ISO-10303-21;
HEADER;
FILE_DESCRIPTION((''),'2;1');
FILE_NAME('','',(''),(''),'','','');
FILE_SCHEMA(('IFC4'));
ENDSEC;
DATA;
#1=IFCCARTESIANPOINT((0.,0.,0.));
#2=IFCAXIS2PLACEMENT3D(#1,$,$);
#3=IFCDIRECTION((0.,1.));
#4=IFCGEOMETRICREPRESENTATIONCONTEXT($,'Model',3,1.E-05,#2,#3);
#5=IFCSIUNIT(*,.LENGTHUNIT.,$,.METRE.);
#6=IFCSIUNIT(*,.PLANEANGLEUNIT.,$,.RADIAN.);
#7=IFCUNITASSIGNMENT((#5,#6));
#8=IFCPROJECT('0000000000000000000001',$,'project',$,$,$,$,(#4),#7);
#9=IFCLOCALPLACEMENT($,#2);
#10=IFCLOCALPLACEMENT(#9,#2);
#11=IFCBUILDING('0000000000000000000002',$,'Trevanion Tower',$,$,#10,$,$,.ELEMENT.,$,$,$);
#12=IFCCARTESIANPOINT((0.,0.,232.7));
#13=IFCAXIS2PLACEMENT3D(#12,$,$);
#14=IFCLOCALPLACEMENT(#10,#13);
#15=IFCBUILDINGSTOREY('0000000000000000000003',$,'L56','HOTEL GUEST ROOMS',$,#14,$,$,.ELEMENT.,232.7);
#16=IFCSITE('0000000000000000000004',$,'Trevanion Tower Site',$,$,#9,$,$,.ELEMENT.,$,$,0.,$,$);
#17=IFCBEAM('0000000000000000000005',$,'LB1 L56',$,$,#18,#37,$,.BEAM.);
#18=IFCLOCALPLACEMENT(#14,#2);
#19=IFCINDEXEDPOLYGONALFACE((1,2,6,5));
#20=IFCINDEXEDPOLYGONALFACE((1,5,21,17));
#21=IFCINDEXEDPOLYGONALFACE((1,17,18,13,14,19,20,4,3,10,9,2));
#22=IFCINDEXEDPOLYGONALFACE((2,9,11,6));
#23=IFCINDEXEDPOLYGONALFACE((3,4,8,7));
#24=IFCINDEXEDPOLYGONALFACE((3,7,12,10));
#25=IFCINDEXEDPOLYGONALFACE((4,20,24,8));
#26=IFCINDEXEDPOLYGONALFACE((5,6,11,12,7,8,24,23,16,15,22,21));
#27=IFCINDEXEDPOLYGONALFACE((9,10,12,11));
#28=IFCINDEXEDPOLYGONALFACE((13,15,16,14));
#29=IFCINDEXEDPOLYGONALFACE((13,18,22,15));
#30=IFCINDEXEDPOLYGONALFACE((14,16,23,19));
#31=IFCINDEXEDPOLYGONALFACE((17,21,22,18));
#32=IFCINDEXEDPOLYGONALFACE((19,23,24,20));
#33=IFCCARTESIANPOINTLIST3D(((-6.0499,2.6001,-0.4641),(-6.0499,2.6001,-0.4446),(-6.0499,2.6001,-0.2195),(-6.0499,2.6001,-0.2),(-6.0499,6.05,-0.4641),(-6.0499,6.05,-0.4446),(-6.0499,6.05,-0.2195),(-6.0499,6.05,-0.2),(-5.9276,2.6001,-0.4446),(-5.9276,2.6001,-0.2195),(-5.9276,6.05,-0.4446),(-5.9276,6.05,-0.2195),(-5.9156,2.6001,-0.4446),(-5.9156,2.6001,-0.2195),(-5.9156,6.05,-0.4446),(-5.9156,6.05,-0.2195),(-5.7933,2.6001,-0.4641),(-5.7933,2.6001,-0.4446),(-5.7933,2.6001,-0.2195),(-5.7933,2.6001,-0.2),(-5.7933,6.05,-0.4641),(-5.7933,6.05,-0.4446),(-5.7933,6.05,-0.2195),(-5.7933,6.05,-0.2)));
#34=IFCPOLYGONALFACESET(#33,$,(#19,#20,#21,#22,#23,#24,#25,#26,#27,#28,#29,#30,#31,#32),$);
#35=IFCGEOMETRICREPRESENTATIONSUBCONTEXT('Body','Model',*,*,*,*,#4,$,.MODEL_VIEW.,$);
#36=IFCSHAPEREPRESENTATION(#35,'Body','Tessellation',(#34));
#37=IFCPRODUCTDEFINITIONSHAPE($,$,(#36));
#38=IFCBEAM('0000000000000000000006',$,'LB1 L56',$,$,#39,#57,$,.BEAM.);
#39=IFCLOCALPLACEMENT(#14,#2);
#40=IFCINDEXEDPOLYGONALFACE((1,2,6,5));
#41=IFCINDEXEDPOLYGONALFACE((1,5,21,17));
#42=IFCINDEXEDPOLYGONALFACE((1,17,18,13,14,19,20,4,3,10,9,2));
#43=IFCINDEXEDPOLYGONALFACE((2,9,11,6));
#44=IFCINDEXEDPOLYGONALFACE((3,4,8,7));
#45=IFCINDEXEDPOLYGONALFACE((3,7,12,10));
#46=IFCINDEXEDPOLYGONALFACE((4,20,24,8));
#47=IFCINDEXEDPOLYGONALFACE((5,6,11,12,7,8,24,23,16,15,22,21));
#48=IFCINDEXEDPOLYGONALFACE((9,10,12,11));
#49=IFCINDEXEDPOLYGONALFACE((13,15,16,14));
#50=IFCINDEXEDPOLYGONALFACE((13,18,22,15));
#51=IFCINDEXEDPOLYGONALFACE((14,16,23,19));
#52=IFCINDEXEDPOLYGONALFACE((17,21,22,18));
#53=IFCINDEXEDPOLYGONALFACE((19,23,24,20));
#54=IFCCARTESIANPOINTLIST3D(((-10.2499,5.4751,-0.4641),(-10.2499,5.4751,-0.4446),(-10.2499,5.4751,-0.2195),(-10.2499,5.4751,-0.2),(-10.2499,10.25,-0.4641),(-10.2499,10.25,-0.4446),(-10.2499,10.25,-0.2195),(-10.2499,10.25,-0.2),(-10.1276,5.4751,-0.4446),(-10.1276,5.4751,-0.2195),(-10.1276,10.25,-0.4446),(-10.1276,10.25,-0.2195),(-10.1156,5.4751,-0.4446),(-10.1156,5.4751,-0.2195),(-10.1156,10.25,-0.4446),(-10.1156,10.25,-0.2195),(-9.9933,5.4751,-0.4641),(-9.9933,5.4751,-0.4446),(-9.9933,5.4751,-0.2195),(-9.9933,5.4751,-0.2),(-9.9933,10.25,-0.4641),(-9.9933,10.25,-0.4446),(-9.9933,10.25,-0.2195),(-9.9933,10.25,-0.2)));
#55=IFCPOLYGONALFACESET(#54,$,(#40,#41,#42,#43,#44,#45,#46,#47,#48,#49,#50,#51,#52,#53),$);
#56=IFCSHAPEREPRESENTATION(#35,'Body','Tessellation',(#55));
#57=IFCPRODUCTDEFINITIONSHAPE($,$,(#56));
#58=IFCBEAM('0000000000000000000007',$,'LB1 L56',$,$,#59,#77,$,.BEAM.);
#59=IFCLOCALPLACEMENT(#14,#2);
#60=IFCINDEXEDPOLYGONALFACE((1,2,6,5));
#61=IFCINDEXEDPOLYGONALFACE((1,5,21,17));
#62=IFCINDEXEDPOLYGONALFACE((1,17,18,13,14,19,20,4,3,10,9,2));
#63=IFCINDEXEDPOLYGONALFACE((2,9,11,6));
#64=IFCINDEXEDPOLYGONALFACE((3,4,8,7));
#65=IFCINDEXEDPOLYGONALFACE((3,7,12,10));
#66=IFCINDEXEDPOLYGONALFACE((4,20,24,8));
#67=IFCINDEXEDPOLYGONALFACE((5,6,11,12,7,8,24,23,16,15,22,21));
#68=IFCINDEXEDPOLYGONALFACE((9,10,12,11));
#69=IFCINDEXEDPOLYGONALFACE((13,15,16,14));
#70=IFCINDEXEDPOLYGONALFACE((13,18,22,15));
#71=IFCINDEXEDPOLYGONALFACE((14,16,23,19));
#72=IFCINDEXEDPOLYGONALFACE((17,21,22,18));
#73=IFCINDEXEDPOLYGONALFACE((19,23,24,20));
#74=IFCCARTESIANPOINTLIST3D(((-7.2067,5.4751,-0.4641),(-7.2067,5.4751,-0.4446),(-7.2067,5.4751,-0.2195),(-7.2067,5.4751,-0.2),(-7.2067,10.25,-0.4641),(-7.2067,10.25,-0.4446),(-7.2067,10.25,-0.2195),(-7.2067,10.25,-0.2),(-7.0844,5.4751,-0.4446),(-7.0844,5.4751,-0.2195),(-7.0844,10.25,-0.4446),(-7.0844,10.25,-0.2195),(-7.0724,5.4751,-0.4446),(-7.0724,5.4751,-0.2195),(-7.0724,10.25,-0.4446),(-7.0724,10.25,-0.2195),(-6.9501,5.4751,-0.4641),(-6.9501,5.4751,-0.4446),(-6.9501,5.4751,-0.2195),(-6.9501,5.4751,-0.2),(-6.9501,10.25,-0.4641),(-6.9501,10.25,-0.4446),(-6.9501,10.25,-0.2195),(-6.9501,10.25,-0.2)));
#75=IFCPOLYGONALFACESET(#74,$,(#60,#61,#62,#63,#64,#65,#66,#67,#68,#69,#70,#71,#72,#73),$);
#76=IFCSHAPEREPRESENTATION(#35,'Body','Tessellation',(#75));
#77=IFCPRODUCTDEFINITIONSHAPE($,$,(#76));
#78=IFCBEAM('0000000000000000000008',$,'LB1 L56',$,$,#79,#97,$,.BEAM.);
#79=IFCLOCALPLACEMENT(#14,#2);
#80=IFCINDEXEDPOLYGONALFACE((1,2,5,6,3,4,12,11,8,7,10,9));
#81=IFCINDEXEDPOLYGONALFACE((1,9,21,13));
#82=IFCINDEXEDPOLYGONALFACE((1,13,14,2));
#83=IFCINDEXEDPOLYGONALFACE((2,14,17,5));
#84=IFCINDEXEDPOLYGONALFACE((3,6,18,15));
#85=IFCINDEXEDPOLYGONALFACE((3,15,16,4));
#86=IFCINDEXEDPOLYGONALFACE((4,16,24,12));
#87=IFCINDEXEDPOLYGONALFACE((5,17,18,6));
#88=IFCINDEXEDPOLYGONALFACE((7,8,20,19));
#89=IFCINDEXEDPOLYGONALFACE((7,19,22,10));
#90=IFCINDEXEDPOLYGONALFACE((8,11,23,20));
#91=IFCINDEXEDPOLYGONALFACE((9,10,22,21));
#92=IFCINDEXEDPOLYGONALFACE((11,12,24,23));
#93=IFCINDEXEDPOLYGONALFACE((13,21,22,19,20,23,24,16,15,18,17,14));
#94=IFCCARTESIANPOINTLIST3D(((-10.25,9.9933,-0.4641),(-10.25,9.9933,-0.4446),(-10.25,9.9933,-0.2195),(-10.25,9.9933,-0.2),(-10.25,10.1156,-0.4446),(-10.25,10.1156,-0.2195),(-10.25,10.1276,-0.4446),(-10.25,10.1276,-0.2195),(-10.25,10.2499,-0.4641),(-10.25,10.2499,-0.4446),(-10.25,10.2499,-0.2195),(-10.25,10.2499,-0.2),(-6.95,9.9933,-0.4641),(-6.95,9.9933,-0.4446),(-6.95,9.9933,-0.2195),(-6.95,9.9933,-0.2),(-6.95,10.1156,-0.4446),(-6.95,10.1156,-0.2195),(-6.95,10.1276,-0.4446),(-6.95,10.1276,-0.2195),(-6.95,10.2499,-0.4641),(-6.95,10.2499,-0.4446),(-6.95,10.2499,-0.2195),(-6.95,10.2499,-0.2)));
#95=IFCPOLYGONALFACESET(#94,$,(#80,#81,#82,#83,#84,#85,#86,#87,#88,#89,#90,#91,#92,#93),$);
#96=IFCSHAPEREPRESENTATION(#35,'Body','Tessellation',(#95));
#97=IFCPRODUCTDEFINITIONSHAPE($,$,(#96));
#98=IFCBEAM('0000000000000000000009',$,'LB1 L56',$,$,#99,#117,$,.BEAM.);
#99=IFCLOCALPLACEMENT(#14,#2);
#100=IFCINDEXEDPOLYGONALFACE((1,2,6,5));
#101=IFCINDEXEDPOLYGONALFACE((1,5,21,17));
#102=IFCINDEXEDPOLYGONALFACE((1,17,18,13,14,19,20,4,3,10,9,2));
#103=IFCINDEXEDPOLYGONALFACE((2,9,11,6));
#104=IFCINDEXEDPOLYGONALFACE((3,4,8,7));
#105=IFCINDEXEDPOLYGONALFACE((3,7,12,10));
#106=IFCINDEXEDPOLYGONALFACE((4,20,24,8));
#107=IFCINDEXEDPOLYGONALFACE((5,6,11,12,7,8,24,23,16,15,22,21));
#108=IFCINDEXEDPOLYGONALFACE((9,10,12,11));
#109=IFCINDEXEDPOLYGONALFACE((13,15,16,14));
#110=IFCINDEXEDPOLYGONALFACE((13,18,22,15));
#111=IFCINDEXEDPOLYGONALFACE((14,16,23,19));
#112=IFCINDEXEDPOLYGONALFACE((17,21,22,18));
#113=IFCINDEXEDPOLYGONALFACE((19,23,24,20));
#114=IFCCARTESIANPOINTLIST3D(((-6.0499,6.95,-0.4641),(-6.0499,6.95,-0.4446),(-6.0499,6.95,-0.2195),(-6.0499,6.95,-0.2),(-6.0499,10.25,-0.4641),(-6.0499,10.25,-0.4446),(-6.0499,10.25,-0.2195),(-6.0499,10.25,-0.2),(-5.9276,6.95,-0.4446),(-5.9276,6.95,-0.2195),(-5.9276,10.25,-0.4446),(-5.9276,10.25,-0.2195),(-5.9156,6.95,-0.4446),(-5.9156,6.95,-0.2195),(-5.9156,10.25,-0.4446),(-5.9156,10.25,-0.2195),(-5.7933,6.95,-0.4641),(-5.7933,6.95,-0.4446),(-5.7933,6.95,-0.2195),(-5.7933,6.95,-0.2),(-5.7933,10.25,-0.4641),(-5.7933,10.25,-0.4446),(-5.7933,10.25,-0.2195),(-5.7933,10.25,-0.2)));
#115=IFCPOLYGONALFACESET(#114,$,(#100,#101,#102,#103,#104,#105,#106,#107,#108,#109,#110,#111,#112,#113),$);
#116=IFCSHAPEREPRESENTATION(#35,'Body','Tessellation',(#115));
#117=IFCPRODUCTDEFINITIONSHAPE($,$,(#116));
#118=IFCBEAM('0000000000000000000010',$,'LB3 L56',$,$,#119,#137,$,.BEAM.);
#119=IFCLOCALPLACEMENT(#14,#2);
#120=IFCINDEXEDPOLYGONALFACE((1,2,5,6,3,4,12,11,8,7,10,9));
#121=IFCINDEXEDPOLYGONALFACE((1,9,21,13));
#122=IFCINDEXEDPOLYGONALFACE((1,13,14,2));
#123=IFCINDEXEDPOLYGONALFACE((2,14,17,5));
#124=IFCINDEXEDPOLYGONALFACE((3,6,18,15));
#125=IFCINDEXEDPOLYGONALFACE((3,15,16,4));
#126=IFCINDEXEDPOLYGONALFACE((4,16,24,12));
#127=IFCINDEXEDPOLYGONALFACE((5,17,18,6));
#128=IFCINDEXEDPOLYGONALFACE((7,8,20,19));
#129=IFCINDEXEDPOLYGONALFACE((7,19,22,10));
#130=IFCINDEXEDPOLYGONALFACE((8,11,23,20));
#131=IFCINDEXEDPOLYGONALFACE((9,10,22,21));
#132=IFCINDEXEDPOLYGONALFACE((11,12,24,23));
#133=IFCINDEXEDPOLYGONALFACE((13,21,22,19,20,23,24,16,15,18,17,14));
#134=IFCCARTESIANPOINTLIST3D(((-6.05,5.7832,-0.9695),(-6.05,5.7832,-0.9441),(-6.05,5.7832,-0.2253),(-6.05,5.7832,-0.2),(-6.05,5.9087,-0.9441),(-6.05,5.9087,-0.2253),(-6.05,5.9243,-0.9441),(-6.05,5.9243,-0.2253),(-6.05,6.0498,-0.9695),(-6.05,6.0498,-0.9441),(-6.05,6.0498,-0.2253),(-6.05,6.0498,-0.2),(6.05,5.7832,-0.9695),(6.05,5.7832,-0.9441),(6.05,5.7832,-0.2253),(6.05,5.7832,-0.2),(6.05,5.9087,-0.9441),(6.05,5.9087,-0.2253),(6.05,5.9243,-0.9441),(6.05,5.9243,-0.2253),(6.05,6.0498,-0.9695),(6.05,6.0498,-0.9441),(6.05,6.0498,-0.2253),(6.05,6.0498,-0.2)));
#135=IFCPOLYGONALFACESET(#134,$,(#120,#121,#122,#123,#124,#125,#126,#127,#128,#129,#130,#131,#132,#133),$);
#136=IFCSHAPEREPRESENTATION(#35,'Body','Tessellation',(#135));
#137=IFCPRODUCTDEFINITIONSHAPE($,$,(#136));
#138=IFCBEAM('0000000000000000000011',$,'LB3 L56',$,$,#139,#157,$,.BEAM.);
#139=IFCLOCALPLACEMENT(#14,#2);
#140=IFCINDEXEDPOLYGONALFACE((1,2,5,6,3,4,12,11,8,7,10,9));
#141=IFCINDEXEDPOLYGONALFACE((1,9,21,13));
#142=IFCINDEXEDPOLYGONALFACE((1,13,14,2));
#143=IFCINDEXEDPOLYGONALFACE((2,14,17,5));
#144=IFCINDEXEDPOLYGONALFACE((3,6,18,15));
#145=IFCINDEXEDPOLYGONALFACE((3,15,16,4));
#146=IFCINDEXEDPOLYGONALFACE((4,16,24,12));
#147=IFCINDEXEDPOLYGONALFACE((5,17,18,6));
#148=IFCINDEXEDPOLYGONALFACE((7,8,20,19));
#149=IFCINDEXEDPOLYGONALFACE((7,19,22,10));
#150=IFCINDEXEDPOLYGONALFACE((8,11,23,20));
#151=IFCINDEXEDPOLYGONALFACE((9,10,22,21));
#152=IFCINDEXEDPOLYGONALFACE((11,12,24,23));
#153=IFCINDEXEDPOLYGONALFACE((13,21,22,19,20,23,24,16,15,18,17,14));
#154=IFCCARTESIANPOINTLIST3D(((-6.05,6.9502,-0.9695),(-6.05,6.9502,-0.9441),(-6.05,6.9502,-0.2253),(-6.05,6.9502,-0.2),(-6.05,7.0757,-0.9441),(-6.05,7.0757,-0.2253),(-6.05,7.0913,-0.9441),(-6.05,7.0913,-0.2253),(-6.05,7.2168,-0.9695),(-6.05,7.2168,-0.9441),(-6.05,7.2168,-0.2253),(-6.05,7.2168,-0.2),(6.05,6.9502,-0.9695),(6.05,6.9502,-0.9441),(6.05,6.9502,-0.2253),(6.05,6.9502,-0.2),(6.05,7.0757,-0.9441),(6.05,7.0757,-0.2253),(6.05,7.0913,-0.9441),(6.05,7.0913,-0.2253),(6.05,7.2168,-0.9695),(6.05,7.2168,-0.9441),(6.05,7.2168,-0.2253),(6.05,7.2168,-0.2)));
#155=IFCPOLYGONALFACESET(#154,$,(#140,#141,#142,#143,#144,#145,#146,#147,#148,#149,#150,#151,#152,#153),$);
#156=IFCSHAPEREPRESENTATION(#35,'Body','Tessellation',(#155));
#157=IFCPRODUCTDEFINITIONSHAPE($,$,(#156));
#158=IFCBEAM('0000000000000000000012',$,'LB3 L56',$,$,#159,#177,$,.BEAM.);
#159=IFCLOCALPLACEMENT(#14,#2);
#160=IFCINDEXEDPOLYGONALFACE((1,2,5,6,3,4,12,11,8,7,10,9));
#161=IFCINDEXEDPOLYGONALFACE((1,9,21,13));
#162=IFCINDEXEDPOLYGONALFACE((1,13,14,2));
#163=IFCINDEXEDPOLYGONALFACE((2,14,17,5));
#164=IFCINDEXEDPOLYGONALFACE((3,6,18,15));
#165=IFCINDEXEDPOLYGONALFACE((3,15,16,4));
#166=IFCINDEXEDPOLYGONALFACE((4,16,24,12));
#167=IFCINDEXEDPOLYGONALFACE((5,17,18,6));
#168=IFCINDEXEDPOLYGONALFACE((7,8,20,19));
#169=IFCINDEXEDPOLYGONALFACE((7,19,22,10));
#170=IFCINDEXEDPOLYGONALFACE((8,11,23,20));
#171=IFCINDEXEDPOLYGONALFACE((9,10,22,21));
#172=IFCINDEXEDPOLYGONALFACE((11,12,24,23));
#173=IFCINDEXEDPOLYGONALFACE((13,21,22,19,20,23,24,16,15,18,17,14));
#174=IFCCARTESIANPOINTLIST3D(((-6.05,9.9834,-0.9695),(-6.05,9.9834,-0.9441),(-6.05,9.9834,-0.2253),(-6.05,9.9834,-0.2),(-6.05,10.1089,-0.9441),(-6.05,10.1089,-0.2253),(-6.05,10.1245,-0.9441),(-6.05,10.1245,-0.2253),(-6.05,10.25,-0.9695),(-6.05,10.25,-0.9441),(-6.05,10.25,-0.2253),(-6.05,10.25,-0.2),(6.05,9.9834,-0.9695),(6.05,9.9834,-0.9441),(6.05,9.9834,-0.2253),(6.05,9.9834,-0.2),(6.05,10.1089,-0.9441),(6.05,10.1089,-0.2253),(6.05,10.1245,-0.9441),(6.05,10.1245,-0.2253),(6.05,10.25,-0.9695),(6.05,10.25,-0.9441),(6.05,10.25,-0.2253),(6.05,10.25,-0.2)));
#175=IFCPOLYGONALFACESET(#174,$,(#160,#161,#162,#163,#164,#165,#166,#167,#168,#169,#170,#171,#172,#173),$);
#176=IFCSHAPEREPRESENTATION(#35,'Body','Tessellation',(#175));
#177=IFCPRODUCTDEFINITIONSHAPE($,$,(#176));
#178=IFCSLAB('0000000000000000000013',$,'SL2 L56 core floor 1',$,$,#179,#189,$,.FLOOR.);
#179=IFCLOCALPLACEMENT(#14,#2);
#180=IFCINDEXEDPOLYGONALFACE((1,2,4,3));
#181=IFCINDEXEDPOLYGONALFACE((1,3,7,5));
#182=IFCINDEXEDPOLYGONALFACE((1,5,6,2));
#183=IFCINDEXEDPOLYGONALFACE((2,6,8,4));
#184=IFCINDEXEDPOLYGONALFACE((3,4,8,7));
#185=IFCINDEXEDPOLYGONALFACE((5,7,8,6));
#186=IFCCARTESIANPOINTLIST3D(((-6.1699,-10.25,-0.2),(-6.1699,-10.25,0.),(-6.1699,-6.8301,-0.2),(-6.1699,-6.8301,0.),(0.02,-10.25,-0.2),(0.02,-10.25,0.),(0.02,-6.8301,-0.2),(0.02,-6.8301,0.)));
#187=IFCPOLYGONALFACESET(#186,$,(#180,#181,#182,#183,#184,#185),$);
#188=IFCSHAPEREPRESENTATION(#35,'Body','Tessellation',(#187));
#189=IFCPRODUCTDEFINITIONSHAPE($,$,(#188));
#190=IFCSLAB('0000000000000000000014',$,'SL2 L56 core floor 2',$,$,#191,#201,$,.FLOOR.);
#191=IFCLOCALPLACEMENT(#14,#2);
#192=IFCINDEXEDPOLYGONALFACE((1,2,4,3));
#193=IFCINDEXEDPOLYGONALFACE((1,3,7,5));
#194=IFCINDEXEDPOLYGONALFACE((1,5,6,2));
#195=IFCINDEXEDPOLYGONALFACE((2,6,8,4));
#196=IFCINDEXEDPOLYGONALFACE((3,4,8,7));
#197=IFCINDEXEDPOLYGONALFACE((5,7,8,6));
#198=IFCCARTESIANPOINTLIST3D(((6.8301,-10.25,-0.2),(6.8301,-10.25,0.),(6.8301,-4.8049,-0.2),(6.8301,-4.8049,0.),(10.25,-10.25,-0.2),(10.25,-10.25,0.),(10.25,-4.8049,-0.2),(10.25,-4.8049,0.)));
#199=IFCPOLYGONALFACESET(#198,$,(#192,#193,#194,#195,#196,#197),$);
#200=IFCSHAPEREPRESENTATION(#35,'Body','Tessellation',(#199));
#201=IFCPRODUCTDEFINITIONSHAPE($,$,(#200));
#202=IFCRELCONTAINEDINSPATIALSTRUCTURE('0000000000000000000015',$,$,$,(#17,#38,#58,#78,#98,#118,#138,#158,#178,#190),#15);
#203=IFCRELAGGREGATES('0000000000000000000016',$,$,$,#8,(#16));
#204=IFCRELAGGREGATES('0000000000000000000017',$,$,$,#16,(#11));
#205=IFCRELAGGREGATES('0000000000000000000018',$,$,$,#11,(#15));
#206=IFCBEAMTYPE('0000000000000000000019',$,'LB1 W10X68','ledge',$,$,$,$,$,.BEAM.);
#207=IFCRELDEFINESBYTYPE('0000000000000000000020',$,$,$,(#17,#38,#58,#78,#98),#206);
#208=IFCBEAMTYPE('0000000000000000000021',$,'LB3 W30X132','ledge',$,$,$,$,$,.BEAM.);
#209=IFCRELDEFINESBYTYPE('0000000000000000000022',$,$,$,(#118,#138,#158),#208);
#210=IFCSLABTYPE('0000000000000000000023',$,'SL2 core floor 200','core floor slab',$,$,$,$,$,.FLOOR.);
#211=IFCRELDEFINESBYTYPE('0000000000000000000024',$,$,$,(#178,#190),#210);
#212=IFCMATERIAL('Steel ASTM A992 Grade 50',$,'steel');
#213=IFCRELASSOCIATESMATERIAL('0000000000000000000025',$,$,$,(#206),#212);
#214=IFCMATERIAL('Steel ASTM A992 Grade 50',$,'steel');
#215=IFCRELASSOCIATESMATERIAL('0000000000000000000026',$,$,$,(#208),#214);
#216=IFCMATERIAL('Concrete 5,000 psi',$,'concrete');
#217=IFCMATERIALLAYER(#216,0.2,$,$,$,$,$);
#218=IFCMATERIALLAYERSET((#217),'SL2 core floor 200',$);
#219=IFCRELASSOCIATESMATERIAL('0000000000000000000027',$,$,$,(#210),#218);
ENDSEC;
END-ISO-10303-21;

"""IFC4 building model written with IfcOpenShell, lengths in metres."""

from ifc_helpers import new_model, si_unit, direction, frame, origin, origin_2d, place, context, subcontext, project, spatial, polyline, i_section, outline, extrude, material, layer, layer_set, material_profile, profile_set, type_object, element, save


model = new_model("IFC4")

# Units and contexts
model_context = context("Model", 3, precision=1e-05, world=origin(), true_north=direction((0.0, 1.0)))
body_context = subcontext(model_context, "Body", "Model", "MODEL_VIEW")
ifc_project = project(units=[si_unit("LENGTHUNIT", "METRE"), si_unit("PLANEANGLEUNIT", "RADIAN")], contexts=[model_context])

# Site, building, storey
site_placement = place(None, origin())
site = spatial("IfcSite", under=ifc_project, at=site_placement, Name="Trevanion Tower Site", CompositionType="ELEMENT", RefElevation=0.0)
building_placement = place(site_placement, origin())
building = spatial("IfcBuilding", under=site, at=building_placement, Name="Trevanion Tower", CompositionType="ELEMENT")
storey_placement = place(building_placement, frame((0.0, 0.0, 232.7)))
storey = spatial("IfcBuildingStorey", under=building, at=storey_placement, Name="L56", Description="HOTEL GUEST ROOMS", CompositionType="ELEMENT", Elevation=232.7)

# Beams
ifc_material_1 = material(Name="Steel ASTM A992 Grade 50", Category="steel")
ifc_material_profile_1 = material_profile(ifc_material_1, i_section(OverallWidth=0.2566, OverallDepth=0.2642, WebThickness=0.012, FlangeThickness=0.0195, at=origin_2d()), Name="W10X68")
ifc_profile_set_1 = profile_set([ifc_material_profile_1], Name="Steel ASTM A992 Grade 50")
beam_type_1 = type_object("IfcBeamType", Name="LB1 W10X68", Description="ledge", PredefinedType="BEAM", material=ifc_profile_set_1)
beam_placement = place(storey_placement, frame((-5.9216, 2.6001, -0.332), z_axis=(0.0, 1.0, 0.0), x_axis=(-1.0, 0.0, 0.0)))
element("IfcBeam", 1, at=beam_placement, inside=storey, type_object=beam_type_1, Name="LB1 L56", PredefinedType="BEAM", context=body_context, shape_type="SweptSolid", body=[
    extrude(i_section(OverallWidth=0.2566, OverallDepth=0.2642, WebThickness=0.012, FlangeThickness=0.0195, at=origin_2d()), origin(), (0.0, 0.0, 1.0), 3.45),
])
for number, where, z_axis, x_axis, name in (
    (2, (-10.1216, 5.4751, -0.332), (0.0, 1.0, 0.0), (-1.0, 0.0, 0.0), "LB1 L56"),
    (3, (-7.0784, 5.4751, -0.332), (0.0, 1.0, 0.0), (-1.0, 0.0, 0.0), "LB1 L56"),
):
    element("IfcBeam", number, at=place(storey_placement, frame(where, z_axis=z_axis, x_axis=x_axis)), inside=storey, type_object=beam_type_1, Name=name, PredefinedType="BEAM", context=body_context, shape_type="SweptSolid", body=[
        extrude(i_section(OverallWidth=0.2566, OverallDepth=0.2642, WebThickness=0.012, FlangeThickness=0.0195, at=origin_2d()), origin(), (0.0, 0.0, 1.0), 4.7749),
    ])
for number, where, z_axis, x_axis, name in (
    (4, (-10.25, 10.1216, -0.332), (1.0, 0.0, 0.0), (0.0, 1.0, 0.0), "LB1 L56"),
    (5, (-5.9216, 6.95, -0.332), (0.0, 1.0, 0.0), (-1.0, 0.0, 0.0), "LB1 L56"),
):
    element("IfcBeam", number, at=place(storey_placement, frame(where, z_axis=z_axis, x_axis=x_axis)), inside=storey, type_object=beam_type_1, Name=name, PredefinedType="BEAM", context=body_context, shape_type="SweptSolid", body=[
        extrude(i_section(OverallWidth=0.2566, OverallDepth=0.2642, WebThickness=0.012, FlangeThickness=0.0195, at=origin_2d()), origin(), (0.0, 0.0, 1.0), 3.3),
    ])
ifc_material_2 = material(Name="Steel ASTM A992 Grade 50", Category="steel")
ifc_material_profile_2 = material_profile(ifc_material_2, i_section(OverallWidth=0.2666, OverallDepth=0.7695, WebThickness=0.0156, FlangeThickness=0.0254, at=origin_2d()), Name="W30X132")
ifc_profile_set_2 = profile_set([ifc_material_profile_2], Name="Steel ASTM A992 Grade 50")
beam_type_2 = type_object("IfcBeamType", Name="LB3 W30X132", Description="ledge", PredefinedType="BEAM", material=ifc_profile_set_2)
for number, where, z_axis, x_axis, name in (
    (6, (-6.05, 5.9165, -0.5847), (1.0, 0.0, 0.0), (0.0, 1.0, 0.0), "LB3 L56"),
    (7, (-6.05, 7.0835, -0.5847), (1.0, 0.0, 0.0), (0.0, 1.0, 0.0), "LB3 L56"),
    (8, (-6.05, 10.1167, -0.5847), (1.0, 0.0, 0.0), (0.0, 1.0, 0.0), "LB3 L56"),
):
    element("IfcBeam", number, at=place(storey_placement, frame(where, z_axis=z_axis, x_axis=x_axis)), inside=storey, type_object=beam_type_2, Name=name, PredefinedType="BEAM", context=body_context, shape_type="SweptSolid", body=[
        extrude(i_section(OverallWidth=0.2666, OverallDepth=0.7695, WebThickness=0.0156, FlangeThickness=0.0254, at=origin_2d()), origin(), (0.0, 0.0, 1.0), 12.1001),
    ])

# Slabs
ifc_material_3 = material(Name="Concrete 5,000 psi", Category="concrete")
ifc_layer_1 = layer(ifc_material_3, 0.2)
ifc_layer_set_1 = layer_set([ifc_layer_1], Name="SL2 core floor 200")
slab_type = type_object("IfcSlabType", Name="SL2 core floor 200", Description="core floor slab", PredefinedType="FLOOR", material=ifc_layer_set_1)
slab_1_placement = place(storey_placement, frame((0.0, 0.0, -0.2)))
element("IfcSlab", 9, at=slab_1_placement, inside=storey, type_object=slab_type, Name="SL2 L56 core floor 1", PredefinedType="FLOOR", context=body_context, shape_type="SweptSolid", body=[
    extrude(outline(polyline([(0.02, -10.25), (-6.1699, -10.25), (-6.1699, -6.8301), (0.02, -6.8301), (0.02, -10.25)])), origin(), (0.0, 0.0, 1.0), 0.2),
])
slab_2_placement = place(storey_placement, frame((0.0, 0.0, -0.2)))
element("IfcSlab", 10, at=slab_2_placement, inside=storey, type_object=slab_type, Name="SL2 L56 core floor 2", PredefinedType="FLOOR", context=body_context, shape_type="SweptSolid", body=[
    extrude(outline(polyline([(6.8301, -4.8049), (10.25, -4.8049), (10.25, -10.25), (6.8301, -10.25), (6.8301, -4.8049)])), origin(), (0.0, 0.0, 1.0), 0.2),
])

save(model, "model.ifc")
